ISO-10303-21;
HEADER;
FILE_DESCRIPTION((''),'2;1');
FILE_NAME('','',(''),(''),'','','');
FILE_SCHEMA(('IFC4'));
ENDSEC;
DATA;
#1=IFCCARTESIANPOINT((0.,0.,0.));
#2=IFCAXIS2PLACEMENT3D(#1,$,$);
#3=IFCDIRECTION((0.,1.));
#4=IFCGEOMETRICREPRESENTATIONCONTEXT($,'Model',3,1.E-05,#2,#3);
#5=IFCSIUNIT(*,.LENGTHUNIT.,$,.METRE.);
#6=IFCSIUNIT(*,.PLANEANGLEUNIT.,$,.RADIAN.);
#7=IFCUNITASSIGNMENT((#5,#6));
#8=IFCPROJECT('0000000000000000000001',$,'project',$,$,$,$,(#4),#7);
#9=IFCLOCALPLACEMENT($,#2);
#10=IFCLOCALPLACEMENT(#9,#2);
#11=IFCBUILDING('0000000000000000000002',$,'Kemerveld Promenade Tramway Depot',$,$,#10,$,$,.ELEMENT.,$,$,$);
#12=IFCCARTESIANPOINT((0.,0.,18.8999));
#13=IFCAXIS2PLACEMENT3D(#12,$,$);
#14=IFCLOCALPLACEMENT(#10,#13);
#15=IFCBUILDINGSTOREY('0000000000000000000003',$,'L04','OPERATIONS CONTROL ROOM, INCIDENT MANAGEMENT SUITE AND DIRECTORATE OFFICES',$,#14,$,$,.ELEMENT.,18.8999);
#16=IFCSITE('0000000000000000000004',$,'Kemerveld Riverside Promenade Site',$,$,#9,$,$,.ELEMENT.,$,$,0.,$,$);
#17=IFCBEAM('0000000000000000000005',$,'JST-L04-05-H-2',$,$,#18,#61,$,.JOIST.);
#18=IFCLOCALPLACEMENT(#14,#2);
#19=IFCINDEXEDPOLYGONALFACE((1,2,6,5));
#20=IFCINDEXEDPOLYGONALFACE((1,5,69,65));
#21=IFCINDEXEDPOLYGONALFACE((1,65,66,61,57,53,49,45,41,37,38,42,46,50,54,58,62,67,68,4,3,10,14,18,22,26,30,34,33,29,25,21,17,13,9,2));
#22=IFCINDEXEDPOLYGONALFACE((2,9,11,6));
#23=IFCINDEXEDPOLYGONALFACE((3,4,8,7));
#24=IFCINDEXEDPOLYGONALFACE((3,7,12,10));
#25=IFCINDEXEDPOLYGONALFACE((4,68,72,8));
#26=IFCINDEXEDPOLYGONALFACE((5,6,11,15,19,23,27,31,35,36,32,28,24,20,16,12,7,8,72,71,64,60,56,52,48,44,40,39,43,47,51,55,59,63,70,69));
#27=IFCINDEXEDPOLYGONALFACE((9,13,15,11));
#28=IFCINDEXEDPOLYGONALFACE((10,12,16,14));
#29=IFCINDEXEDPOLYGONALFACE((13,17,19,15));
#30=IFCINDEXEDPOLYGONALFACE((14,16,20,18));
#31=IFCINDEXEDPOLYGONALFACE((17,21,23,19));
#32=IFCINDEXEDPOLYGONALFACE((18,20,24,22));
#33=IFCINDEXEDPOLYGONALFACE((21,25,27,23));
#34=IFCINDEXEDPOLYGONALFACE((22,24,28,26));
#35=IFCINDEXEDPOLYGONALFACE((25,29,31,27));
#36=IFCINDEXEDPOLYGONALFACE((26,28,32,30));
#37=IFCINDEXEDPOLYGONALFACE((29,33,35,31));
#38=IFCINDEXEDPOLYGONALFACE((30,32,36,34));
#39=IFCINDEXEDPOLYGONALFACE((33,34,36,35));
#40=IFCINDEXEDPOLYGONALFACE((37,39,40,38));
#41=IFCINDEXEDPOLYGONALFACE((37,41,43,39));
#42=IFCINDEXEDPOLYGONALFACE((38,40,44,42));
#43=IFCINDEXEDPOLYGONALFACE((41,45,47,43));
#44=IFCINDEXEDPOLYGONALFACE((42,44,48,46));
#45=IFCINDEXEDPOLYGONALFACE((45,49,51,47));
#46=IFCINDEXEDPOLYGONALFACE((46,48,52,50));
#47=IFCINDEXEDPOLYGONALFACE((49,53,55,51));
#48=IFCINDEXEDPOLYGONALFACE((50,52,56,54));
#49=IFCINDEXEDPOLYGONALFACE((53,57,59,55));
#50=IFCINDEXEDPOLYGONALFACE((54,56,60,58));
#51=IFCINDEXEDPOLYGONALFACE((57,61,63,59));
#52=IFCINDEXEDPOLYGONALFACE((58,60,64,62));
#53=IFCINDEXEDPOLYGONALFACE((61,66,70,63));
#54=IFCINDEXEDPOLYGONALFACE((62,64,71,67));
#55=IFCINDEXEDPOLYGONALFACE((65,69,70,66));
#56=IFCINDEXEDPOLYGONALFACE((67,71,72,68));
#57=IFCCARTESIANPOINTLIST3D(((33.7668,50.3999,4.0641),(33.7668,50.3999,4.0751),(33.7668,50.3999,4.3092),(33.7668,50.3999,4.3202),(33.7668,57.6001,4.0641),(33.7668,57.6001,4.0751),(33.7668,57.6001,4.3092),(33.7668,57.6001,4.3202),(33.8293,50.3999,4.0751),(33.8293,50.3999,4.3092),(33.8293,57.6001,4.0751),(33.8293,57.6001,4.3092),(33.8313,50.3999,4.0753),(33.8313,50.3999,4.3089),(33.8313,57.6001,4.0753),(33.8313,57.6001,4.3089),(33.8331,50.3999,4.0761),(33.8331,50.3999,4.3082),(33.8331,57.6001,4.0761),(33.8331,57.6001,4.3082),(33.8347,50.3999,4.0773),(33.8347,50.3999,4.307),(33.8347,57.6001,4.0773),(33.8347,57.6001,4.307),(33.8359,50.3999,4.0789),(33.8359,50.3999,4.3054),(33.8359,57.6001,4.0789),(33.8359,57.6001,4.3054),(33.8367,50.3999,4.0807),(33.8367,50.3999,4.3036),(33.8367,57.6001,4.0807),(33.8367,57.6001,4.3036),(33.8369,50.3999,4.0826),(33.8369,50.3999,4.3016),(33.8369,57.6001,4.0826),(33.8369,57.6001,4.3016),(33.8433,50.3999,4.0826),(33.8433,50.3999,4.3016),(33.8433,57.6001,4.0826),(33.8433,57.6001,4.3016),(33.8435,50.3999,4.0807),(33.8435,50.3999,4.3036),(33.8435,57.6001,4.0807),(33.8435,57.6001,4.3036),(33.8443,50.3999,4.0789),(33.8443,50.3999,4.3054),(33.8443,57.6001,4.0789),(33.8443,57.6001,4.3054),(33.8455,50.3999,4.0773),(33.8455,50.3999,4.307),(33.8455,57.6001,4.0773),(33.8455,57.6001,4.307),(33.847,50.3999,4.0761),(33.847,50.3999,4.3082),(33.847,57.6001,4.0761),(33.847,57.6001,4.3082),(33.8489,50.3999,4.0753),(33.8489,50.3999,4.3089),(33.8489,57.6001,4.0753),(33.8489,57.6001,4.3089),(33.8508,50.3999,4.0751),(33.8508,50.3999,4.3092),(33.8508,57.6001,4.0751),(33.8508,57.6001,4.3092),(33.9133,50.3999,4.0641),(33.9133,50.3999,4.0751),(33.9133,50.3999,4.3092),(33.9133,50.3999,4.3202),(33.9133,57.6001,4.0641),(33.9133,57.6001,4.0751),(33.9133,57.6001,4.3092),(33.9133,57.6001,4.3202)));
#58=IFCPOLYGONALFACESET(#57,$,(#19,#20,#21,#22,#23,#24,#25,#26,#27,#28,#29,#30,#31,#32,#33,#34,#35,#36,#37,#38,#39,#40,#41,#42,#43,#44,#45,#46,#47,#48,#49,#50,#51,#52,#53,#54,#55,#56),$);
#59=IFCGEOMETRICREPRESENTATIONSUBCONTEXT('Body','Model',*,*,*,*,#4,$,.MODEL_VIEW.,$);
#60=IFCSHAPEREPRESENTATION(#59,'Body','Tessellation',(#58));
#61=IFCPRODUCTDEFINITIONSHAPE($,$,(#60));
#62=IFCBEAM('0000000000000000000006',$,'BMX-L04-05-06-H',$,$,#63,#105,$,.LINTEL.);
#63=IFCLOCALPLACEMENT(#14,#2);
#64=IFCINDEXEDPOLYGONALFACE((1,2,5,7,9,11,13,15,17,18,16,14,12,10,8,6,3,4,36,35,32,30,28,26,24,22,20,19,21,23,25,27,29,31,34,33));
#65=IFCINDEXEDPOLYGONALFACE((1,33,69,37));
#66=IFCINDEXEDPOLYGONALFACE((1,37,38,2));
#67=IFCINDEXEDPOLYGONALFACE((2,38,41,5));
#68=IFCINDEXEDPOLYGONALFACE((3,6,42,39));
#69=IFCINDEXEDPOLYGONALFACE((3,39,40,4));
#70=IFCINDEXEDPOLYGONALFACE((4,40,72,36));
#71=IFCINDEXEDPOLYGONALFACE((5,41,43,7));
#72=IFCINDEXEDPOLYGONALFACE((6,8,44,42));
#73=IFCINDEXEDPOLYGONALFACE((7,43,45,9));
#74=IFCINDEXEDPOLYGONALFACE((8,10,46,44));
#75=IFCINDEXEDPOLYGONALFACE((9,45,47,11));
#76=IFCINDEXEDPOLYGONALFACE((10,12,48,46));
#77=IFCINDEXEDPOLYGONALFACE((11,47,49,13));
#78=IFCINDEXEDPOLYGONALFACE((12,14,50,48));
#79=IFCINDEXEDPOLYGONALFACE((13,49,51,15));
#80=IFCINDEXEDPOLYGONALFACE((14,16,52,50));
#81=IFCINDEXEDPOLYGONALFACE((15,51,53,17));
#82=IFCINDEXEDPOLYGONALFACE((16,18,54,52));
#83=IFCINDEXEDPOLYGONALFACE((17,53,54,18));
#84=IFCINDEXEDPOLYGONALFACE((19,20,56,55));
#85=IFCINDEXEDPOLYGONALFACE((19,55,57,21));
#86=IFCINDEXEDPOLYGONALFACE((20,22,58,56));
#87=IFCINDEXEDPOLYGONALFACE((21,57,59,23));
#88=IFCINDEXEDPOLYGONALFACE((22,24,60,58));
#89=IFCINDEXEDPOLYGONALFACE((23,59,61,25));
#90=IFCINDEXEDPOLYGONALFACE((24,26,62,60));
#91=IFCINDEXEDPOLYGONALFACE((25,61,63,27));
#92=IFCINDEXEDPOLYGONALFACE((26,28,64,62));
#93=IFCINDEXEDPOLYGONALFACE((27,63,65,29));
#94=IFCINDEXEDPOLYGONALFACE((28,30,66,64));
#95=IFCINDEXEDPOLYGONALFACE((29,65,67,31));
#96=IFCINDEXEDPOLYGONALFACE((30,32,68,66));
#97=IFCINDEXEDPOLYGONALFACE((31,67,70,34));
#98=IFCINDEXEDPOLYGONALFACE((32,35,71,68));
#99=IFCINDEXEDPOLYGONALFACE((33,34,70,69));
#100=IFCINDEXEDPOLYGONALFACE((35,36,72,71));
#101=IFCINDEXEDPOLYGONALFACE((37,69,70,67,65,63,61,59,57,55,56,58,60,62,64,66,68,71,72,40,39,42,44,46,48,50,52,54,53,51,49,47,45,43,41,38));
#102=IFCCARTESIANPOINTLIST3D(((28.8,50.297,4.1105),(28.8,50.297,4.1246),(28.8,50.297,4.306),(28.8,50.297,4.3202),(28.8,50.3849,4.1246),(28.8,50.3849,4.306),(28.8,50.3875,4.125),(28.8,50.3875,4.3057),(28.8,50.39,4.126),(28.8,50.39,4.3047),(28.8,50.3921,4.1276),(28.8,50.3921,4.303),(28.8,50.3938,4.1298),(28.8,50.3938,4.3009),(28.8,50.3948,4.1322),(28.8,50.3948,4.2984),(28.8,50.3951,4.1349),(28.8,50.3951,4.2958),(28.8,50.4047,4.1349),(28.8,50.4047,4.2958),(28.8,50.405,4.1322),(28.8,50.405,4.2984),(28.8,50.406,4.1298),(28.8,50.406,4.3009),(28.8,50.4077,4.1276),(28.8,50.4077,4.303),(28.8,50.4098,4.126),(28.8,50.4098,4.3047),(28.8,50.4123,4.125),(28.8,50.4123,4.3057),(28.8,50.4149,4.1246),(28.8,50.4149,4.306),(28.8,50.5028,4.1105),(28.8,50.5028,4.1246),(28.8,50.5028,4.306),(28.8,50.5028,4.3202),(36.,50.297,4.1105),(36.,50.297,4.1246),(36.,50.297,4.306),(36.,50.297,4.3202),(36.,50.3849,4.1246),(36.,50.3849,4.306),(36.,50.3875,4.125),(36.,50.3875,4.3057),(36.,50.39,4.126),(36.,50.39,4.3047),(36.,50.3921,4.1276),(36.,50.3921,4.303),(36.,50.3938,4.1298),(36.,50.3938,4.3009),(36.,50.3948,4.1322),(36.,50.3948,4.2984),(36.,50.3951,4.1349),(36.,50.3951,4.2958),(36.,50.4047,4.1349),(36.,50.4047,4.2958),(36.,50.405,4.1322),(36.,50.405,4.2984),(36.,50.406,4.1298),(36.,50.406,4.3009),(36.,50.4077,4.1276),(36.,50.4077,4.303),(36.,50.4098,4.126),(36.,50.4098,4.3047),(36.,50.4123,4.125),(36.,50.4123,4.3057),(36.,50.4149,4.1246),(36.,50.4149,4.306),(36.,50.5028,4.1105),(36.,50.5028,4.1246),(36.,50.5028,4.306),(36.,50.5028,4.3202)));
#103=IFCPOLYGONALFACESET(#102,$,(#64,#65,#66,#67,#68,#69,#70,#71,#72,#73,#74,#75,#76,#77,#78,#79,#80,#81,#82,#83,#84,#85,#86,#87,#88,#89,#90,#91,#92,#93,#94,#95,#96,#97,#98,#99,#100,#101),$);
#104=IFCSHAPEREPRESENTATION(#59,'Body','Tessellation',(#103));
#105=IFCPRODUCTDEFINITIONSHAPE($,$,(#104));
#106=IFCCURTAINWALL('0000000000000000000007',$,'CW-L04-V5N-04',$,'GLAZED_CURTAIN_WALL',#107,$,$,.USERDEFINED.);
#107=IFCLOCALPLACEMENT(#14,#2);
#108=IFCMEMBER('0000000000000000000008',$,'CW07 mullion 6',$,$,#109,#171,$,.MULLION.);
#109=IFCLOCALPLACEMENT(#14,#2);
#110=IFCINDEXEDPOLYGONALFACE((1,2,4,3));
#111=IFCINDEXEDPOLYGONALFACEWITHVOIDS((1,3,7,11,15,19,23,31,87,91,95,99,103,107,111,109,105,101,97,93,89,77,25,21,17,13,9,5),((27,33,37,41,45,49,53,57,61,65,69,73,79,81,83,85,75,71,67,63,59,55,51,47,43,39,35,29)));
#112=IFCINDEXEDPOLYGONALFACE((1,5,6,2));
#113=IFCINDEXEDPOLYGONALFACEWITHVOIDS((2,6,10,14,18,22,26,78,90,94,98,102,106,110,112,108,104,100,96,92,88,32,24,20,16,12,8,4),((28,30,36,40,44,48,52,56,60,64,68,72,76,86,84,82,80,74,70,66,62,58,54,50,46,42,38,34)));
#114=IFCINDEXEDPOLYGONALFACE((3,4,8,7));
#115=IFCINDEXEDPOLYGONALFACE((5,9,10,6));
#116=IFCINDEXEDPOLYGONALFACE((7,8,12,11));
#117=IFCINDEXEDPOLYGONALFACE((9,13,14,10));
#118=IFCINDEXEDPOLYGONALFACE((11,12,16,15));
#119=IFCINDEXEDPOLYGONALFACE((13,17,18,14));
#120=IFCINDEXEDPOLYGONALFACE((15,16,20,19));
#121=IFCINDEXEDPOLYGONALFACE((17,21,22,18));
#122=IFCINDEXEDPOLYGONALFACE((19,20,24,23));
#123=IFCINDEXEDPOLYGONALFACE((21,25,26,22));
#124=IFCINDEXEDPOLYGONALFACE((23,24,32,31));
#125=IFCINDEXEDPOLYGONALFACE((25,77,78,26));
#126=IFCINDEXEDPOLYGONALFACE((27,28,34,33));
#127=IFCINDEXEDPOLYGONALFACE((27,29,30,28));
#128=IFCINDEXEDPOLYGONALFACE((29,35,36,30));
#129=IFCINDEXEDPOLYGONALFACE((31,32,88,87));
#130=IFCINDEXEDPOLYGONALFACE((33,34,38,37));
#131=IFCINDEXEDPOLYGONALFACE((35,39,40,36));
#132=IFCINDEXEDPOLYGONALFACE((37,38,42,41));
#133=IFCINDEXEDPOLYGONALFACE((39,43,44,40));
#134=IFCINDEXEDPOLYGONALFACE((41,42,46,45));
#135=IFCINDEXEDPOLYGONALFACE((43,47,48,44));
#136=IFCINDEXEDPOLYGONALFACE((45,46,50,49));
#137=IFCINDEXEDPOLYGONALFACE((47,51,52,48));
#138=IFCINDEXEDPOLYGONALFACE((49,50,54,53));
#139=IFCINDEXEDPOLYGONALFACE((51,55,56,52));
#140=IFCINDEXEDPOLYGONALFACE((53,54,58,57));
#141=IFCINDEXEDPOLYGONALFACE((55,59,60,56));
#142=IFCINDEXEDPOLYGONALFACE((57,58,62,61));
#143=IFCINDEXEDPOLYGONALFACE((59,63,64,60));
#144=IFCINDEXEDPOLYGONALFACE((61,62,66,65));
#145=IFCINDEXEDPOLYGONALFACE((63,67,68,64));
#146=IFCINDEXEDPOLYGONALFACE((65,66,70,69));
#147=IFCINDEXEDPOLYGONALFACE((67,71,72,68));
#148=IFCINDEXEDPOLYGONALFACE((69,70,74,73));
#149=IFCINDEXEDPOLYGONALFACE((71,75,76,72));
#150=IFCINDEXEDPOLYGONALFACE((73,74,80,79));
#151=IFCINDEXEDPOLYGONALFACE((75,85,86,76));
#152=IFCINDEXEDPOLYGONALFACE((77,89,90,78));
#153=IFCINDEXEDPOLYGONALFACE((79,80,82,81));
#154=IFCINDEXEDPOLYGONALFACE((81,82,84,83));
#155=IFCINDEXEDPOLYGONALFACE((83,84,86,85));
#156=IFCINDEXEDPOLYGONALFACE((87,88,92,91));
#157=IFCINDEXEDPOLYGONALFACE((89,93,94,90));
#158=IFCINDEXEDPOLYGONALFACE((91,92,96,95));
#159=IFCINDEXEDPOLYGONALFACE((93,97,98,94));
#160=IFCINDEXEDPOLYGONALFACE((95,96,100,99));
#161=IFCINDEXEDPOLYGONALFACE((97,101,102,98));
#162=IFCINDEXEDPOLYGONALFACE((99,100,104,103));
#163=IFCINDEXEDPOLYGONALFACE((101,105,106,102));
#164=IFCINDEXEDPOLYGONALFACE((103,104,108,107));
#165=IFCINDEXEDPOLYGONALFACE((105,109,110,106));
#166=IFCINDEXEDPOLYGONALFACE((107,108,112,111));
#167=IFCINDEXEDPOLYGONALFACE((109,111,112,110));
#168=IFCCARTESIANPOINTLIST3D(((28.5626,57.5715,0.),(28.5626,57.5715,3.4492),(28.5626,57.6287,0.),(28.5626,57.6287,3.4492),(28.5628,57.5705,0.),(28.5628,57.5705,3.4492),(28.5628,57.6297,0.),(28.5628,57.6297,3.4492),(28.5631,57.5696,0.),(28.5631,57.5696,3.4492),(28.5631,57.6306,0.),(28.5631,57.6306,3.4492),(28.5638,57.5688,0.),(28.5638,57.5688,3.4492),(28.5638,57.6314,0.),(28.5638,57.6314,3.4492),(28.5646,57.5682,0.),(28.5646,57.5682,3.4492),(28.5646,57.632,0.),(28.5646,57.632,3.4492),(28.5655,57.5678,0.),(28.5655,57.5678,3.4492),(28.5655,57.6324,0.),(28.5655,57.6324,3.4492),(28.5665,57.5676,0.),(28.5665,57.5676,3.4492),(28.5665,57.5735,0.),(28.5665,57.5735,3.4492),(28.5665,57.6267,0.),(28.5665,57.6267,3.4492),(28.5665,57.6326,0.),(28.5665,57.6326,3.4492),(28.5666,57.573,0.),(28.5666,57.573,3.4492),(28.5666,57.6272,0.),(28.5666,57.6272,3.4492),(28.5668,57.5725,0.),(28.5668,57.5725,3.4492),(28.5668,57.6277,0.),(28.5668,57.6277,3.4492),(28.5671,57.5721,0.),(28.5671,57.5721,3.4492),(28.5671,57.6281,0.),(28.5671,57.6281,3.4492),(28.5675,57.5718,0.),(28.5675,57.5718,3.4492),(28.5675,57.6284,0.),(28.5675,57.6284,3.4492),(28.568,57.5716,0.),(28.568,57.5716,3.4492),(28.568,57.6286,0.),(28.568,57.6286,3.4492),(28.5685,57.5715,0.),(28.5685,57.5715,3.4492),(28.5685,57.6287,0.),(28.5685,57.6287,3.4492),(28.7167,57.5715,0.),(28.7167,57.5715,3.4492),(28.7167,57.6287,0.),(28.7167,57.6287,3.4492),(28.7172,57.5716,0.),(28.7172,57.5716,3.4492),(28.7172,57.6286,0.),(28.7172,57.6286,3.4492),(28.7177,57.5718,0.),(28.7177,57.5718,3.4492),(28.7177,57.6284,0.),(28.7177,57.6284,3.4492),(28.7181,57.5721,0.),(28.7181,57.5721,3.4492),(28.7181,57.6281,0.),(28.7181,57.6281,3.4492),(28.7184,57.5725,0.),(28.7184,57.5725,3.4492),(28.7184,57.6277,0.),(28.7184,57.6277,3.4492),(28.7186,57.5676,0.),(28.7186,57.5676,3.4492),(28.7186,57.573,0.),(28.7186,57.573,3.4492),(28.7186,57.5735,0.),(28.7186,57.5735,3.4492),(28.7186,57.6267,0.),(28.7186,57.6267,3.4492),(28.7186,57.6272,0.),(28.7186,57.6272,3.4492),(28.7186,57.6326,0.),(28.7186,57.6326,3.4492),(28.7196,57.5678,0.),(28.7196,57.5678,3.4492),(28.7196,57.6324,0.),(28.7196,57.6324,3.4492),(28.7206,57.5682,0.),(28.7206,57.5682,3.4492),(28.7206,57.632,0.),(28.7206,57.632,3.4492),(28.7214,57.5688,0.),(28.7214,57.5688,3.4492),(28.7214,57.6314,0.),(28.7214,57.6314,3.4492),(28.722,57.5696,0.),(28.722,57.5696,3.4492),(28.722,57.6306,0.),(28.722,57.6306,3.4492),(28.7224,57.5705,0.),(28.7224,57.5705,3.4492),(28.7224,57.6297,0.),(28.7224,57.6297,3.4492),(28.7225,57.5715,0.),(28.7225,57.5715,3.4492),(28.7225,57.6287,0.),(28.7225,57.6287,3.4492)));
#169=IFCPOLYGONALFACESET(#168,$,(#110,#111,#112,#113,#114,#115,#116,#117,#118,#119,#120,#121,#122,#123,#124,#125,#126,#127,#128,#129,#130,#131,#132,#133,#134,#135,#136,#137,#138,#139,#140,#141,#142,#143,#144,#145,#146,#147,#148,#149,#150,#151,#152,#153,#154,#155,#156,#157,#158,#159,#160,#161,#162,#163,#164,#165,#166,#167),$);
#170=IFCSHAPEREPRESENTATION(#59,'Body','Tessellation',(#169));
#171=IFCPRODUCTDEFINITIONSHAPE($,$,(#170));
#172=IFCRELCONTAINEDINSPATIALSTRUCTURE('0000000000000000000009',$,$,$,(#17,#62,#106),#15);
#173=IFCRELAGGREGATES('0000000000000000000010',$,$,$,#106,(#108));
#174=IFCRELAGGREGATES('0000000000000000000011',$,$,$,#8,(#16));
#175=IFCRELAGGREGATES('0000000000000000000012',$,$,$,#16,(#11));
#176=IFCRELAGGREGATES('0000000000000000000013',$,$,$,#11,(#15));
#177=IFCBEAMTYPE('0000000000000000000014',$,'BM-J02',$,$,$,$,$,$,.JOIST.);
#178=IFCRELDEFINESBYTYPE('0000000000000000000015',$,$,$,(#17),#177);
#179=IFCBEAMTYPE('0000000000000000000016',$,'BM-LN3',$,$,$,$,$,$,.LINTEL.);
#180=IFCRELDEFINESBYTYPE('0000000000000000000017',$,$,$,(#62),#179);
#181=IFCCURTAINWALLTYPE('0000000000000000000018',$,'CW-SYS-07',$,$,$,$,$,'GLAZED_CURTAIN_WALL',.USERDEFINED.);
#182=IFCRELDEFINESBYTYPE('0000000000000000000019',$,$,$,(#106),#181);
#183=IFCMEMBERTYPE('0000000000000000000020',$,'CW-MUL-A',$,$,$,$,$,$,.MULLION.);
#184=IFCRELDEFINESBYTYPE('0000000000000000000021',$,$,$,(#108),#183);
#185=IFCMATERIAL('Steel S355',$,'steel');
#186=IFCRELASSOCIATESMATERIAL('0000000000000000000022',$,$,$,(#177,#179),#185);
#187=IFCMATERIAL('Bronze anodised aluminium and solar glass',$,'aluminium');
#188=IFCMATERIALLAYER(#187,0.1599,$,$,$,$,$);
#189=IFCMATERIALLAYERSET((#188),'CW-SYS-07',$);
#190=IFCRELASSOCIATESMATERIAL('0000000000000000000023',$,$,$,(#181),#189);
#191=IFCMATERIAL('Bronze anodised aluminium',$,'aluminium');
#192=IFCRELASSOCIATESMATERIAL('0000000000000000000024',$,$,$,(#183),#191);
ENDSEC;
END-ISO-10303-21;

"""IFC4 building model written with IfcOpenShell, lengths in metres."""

from ifc_helpers import new_model, si_unit, direction, frame, origin, origin_2d, place, context, subcontext, project, spatial, hollow_rectangle, i_section, extrude, material, layer, layer_set, material_profile, profile_set, type_object, element, aggregate, save


model = new_model("IFC4")

# Units and contexts
model_context = context("Model", 3, precision=1e-05, world=origin(), true_north=direction((0.0, 1.0)))
body_context = subcontext(model_context, "Body", "Model", "MODEL_VIEW")
ifc_project = project(units=[si_unit("LENGTHUNIT", "METRE"), si_unit("PLANEANGLEUNIT", "RADIAN")], contexts=[model_context])

# Site, building, storey
site_placement = place(None, origin())
site = spatial("IfcSite", under=ifc_project, at=site_placement, Name="Kemerveld Riverside Promenade Site", CompositionType="ELEMENT", RefElevation=0.0)
building_placement = place(site_placement, origin())
building = spatial("IfcBuilding", under=site, at=building_placement, Name="Kemerveld Promenade Tramway Depot", CompositionType="ELEMENT")
storey_placement = place(building_placement, frame((0.0, 0.0, 18.8999)))
storey = spatial("IfcBuildingStorey", under=building, at=storey_placement, Name="L04", Description="OPERATIONS CONTROL ROOM, INCIDENT MANAGEMENT SUITE AND DIRECTORATE OFFICES", CompositionType="ELEMENT", Elevation=18.8999)

# Shared definitions
ifc_material_1 = material(Name="Steel S355", Category="steel")

# Beams
ifc_material_profile_1 = material_profile(ifc_material_1, i_section(OverallWidth=0.1465, OverallDepth=0.2561, WebThickness=0.0063, FlangeThickness=0.011, FilletRadius=0.0076, at=origin_2d()), Name="254x146x37 UB")
ifc_profile_set_1 = profile_set([ifc_material_profile_1], Name="Steel S355")
beam_type_1 = type_object("IfcBeamType", Name="BM-J02", PredefinedType="JOIST", material=ifc_profile_set_1)
for number, where, z_axis, x_axis, name in (
    (1, (33.8401, 50.3999, 4.1921), (0.0, 1.0, 0.0), (-1.0, 0.0, 0.0), "JST-L04-05-H-2"),
):
    element("IfcBeam", number, at=place(storey_placement, frame(where, z_axis=z_axis, x_axis=x_axis)), inside=storey, type_object=beam_type_1, Name=name, PredefinedType="JOIST", context=body_context, shape_type="SweptSolid", body=[
        extrude(i_section(OverallWidth=0.1465, OverallDepth=0.2561, WebThickness=0.0063, FlangeThickness=0.011, FilletRadius=0.0076, at=origin_2d()), origin(), (0.0, 0.0, 1.0), 7.2002),
    ])
ifc_material_profile_2 = material_profile(ifc_material_1, i_section(OverallWidth=0.2058, OverallDepth=0.2097, WebThickness=0.0095, FlangeThickness=0.0142, FilletRadius=0.0103, at=origin_2d()), Name="203x203x60 UC")
ifc_profile_set_2 = profile_set([ifc_material_profile_2], Name="Steel S355")
beam_type_2 = type_object("IfcBeamType", Name="BM-LN3", PredefinedType="LINTEL", material=ifc_profile_set_2)
beam_1_placement = place(storey_placement, frame((28.8, 50.3999, 4.2153), z_axis=(1.0, 0.0, 0.0), x_axis=(0.0, 1.0, 0.0)))
element("IfcBeam", 2, at=beam_1_placement, inside=storey, type_object=beam_type_2, Name="BMX-L04-05-06-H", PredefinedType="LINTEL", context=body_context, shape_type="SweptSolid", body=[
    extrude(i_section(OverallWidth=0.2058, OverallDepth=0.2097, WebThickness=0.0095, FlangeThickness=0.0142, FilletRadius=0.0103, at=origin_2d()), origin(), (0.0, 0.0, 1.0), 7.2),
])

# Curtain wall, member
ifc_material_2 = material(Name="Bronze anodised aluminium and solar glass", Category="aluminium")
ifc_layer_1 = layer(ifc_material_2, 0.1599)
ifc_layer_set_1 = layer_set([ifc_layer_1], Name="CW-SYS-07")
curtain_wall_type_1 = type_object("IfcCurtainWallType", Name="CW-SYS-07", ElementType="GLAZED_CURTAIN_WALL", PredefinedType="USERDEFINED", material=ifc_layer_set_1)
curtain_wall_1_placement = place(storey_placement, origin())
curtain_wall_1 = element("IfcCurtainWall", 3, at=curtain_wall_1_placement, inside=storey, type_object=curtain_wall_type_1, Name="CW-L04-V5N-04", ObjectType="GLAZED_CURTAIN_WALL", PredefinedType="USERDEFINED")
ifc_material_3 = material(Name="Bronze anodised aluminium", Category="aluminium")
ifc_material_profile_3 = material_profile(ifc_material_3, hollow_rectangle(XDim=0.0649, YDim=0.1599, WallThickness=0.0039, InnerFilletRadius=0.002, OuterFilletRadius=0.0039, at=origin_2d()), Name="CW-MUL-160x65")
ifc_profile_set_3 = profile_set([ifc_material_profile_3], Name="Bronze anodised aluminium")
member_type_1 = type_object("IfcMemberType", Name="CW-MUL-A", PredefinedType="MULLION", material=ifc_profile_set_3)
member_1_placement = place(storey_placement, frame((28.6426, 57.6001, 0.0), z_axis=(0.0, 0.0, 1.0), x_axis=(0.0, 1.0, 0.0)))
member_1 = element("IfcMember", 4, at=member_1_placement, type_object=member_type_1, Name="CW07 mullion 6", PredefinedType="MULLION", context=body_context, shape_type="SweptSolid", body=[
    extrude(hollow_rectangle(XDim=0.0649, YDim=0.1599, WallThickness=0.0039, InnerFilletRadius=0.002, OuterFilletRadius=0.0039, at=origin_2d()), origin(), (0.0, 0.0, 1.0), 3.4492),
])

aggregate(curtain_wall_1, [member_1])

save(model, "model.ifc")
